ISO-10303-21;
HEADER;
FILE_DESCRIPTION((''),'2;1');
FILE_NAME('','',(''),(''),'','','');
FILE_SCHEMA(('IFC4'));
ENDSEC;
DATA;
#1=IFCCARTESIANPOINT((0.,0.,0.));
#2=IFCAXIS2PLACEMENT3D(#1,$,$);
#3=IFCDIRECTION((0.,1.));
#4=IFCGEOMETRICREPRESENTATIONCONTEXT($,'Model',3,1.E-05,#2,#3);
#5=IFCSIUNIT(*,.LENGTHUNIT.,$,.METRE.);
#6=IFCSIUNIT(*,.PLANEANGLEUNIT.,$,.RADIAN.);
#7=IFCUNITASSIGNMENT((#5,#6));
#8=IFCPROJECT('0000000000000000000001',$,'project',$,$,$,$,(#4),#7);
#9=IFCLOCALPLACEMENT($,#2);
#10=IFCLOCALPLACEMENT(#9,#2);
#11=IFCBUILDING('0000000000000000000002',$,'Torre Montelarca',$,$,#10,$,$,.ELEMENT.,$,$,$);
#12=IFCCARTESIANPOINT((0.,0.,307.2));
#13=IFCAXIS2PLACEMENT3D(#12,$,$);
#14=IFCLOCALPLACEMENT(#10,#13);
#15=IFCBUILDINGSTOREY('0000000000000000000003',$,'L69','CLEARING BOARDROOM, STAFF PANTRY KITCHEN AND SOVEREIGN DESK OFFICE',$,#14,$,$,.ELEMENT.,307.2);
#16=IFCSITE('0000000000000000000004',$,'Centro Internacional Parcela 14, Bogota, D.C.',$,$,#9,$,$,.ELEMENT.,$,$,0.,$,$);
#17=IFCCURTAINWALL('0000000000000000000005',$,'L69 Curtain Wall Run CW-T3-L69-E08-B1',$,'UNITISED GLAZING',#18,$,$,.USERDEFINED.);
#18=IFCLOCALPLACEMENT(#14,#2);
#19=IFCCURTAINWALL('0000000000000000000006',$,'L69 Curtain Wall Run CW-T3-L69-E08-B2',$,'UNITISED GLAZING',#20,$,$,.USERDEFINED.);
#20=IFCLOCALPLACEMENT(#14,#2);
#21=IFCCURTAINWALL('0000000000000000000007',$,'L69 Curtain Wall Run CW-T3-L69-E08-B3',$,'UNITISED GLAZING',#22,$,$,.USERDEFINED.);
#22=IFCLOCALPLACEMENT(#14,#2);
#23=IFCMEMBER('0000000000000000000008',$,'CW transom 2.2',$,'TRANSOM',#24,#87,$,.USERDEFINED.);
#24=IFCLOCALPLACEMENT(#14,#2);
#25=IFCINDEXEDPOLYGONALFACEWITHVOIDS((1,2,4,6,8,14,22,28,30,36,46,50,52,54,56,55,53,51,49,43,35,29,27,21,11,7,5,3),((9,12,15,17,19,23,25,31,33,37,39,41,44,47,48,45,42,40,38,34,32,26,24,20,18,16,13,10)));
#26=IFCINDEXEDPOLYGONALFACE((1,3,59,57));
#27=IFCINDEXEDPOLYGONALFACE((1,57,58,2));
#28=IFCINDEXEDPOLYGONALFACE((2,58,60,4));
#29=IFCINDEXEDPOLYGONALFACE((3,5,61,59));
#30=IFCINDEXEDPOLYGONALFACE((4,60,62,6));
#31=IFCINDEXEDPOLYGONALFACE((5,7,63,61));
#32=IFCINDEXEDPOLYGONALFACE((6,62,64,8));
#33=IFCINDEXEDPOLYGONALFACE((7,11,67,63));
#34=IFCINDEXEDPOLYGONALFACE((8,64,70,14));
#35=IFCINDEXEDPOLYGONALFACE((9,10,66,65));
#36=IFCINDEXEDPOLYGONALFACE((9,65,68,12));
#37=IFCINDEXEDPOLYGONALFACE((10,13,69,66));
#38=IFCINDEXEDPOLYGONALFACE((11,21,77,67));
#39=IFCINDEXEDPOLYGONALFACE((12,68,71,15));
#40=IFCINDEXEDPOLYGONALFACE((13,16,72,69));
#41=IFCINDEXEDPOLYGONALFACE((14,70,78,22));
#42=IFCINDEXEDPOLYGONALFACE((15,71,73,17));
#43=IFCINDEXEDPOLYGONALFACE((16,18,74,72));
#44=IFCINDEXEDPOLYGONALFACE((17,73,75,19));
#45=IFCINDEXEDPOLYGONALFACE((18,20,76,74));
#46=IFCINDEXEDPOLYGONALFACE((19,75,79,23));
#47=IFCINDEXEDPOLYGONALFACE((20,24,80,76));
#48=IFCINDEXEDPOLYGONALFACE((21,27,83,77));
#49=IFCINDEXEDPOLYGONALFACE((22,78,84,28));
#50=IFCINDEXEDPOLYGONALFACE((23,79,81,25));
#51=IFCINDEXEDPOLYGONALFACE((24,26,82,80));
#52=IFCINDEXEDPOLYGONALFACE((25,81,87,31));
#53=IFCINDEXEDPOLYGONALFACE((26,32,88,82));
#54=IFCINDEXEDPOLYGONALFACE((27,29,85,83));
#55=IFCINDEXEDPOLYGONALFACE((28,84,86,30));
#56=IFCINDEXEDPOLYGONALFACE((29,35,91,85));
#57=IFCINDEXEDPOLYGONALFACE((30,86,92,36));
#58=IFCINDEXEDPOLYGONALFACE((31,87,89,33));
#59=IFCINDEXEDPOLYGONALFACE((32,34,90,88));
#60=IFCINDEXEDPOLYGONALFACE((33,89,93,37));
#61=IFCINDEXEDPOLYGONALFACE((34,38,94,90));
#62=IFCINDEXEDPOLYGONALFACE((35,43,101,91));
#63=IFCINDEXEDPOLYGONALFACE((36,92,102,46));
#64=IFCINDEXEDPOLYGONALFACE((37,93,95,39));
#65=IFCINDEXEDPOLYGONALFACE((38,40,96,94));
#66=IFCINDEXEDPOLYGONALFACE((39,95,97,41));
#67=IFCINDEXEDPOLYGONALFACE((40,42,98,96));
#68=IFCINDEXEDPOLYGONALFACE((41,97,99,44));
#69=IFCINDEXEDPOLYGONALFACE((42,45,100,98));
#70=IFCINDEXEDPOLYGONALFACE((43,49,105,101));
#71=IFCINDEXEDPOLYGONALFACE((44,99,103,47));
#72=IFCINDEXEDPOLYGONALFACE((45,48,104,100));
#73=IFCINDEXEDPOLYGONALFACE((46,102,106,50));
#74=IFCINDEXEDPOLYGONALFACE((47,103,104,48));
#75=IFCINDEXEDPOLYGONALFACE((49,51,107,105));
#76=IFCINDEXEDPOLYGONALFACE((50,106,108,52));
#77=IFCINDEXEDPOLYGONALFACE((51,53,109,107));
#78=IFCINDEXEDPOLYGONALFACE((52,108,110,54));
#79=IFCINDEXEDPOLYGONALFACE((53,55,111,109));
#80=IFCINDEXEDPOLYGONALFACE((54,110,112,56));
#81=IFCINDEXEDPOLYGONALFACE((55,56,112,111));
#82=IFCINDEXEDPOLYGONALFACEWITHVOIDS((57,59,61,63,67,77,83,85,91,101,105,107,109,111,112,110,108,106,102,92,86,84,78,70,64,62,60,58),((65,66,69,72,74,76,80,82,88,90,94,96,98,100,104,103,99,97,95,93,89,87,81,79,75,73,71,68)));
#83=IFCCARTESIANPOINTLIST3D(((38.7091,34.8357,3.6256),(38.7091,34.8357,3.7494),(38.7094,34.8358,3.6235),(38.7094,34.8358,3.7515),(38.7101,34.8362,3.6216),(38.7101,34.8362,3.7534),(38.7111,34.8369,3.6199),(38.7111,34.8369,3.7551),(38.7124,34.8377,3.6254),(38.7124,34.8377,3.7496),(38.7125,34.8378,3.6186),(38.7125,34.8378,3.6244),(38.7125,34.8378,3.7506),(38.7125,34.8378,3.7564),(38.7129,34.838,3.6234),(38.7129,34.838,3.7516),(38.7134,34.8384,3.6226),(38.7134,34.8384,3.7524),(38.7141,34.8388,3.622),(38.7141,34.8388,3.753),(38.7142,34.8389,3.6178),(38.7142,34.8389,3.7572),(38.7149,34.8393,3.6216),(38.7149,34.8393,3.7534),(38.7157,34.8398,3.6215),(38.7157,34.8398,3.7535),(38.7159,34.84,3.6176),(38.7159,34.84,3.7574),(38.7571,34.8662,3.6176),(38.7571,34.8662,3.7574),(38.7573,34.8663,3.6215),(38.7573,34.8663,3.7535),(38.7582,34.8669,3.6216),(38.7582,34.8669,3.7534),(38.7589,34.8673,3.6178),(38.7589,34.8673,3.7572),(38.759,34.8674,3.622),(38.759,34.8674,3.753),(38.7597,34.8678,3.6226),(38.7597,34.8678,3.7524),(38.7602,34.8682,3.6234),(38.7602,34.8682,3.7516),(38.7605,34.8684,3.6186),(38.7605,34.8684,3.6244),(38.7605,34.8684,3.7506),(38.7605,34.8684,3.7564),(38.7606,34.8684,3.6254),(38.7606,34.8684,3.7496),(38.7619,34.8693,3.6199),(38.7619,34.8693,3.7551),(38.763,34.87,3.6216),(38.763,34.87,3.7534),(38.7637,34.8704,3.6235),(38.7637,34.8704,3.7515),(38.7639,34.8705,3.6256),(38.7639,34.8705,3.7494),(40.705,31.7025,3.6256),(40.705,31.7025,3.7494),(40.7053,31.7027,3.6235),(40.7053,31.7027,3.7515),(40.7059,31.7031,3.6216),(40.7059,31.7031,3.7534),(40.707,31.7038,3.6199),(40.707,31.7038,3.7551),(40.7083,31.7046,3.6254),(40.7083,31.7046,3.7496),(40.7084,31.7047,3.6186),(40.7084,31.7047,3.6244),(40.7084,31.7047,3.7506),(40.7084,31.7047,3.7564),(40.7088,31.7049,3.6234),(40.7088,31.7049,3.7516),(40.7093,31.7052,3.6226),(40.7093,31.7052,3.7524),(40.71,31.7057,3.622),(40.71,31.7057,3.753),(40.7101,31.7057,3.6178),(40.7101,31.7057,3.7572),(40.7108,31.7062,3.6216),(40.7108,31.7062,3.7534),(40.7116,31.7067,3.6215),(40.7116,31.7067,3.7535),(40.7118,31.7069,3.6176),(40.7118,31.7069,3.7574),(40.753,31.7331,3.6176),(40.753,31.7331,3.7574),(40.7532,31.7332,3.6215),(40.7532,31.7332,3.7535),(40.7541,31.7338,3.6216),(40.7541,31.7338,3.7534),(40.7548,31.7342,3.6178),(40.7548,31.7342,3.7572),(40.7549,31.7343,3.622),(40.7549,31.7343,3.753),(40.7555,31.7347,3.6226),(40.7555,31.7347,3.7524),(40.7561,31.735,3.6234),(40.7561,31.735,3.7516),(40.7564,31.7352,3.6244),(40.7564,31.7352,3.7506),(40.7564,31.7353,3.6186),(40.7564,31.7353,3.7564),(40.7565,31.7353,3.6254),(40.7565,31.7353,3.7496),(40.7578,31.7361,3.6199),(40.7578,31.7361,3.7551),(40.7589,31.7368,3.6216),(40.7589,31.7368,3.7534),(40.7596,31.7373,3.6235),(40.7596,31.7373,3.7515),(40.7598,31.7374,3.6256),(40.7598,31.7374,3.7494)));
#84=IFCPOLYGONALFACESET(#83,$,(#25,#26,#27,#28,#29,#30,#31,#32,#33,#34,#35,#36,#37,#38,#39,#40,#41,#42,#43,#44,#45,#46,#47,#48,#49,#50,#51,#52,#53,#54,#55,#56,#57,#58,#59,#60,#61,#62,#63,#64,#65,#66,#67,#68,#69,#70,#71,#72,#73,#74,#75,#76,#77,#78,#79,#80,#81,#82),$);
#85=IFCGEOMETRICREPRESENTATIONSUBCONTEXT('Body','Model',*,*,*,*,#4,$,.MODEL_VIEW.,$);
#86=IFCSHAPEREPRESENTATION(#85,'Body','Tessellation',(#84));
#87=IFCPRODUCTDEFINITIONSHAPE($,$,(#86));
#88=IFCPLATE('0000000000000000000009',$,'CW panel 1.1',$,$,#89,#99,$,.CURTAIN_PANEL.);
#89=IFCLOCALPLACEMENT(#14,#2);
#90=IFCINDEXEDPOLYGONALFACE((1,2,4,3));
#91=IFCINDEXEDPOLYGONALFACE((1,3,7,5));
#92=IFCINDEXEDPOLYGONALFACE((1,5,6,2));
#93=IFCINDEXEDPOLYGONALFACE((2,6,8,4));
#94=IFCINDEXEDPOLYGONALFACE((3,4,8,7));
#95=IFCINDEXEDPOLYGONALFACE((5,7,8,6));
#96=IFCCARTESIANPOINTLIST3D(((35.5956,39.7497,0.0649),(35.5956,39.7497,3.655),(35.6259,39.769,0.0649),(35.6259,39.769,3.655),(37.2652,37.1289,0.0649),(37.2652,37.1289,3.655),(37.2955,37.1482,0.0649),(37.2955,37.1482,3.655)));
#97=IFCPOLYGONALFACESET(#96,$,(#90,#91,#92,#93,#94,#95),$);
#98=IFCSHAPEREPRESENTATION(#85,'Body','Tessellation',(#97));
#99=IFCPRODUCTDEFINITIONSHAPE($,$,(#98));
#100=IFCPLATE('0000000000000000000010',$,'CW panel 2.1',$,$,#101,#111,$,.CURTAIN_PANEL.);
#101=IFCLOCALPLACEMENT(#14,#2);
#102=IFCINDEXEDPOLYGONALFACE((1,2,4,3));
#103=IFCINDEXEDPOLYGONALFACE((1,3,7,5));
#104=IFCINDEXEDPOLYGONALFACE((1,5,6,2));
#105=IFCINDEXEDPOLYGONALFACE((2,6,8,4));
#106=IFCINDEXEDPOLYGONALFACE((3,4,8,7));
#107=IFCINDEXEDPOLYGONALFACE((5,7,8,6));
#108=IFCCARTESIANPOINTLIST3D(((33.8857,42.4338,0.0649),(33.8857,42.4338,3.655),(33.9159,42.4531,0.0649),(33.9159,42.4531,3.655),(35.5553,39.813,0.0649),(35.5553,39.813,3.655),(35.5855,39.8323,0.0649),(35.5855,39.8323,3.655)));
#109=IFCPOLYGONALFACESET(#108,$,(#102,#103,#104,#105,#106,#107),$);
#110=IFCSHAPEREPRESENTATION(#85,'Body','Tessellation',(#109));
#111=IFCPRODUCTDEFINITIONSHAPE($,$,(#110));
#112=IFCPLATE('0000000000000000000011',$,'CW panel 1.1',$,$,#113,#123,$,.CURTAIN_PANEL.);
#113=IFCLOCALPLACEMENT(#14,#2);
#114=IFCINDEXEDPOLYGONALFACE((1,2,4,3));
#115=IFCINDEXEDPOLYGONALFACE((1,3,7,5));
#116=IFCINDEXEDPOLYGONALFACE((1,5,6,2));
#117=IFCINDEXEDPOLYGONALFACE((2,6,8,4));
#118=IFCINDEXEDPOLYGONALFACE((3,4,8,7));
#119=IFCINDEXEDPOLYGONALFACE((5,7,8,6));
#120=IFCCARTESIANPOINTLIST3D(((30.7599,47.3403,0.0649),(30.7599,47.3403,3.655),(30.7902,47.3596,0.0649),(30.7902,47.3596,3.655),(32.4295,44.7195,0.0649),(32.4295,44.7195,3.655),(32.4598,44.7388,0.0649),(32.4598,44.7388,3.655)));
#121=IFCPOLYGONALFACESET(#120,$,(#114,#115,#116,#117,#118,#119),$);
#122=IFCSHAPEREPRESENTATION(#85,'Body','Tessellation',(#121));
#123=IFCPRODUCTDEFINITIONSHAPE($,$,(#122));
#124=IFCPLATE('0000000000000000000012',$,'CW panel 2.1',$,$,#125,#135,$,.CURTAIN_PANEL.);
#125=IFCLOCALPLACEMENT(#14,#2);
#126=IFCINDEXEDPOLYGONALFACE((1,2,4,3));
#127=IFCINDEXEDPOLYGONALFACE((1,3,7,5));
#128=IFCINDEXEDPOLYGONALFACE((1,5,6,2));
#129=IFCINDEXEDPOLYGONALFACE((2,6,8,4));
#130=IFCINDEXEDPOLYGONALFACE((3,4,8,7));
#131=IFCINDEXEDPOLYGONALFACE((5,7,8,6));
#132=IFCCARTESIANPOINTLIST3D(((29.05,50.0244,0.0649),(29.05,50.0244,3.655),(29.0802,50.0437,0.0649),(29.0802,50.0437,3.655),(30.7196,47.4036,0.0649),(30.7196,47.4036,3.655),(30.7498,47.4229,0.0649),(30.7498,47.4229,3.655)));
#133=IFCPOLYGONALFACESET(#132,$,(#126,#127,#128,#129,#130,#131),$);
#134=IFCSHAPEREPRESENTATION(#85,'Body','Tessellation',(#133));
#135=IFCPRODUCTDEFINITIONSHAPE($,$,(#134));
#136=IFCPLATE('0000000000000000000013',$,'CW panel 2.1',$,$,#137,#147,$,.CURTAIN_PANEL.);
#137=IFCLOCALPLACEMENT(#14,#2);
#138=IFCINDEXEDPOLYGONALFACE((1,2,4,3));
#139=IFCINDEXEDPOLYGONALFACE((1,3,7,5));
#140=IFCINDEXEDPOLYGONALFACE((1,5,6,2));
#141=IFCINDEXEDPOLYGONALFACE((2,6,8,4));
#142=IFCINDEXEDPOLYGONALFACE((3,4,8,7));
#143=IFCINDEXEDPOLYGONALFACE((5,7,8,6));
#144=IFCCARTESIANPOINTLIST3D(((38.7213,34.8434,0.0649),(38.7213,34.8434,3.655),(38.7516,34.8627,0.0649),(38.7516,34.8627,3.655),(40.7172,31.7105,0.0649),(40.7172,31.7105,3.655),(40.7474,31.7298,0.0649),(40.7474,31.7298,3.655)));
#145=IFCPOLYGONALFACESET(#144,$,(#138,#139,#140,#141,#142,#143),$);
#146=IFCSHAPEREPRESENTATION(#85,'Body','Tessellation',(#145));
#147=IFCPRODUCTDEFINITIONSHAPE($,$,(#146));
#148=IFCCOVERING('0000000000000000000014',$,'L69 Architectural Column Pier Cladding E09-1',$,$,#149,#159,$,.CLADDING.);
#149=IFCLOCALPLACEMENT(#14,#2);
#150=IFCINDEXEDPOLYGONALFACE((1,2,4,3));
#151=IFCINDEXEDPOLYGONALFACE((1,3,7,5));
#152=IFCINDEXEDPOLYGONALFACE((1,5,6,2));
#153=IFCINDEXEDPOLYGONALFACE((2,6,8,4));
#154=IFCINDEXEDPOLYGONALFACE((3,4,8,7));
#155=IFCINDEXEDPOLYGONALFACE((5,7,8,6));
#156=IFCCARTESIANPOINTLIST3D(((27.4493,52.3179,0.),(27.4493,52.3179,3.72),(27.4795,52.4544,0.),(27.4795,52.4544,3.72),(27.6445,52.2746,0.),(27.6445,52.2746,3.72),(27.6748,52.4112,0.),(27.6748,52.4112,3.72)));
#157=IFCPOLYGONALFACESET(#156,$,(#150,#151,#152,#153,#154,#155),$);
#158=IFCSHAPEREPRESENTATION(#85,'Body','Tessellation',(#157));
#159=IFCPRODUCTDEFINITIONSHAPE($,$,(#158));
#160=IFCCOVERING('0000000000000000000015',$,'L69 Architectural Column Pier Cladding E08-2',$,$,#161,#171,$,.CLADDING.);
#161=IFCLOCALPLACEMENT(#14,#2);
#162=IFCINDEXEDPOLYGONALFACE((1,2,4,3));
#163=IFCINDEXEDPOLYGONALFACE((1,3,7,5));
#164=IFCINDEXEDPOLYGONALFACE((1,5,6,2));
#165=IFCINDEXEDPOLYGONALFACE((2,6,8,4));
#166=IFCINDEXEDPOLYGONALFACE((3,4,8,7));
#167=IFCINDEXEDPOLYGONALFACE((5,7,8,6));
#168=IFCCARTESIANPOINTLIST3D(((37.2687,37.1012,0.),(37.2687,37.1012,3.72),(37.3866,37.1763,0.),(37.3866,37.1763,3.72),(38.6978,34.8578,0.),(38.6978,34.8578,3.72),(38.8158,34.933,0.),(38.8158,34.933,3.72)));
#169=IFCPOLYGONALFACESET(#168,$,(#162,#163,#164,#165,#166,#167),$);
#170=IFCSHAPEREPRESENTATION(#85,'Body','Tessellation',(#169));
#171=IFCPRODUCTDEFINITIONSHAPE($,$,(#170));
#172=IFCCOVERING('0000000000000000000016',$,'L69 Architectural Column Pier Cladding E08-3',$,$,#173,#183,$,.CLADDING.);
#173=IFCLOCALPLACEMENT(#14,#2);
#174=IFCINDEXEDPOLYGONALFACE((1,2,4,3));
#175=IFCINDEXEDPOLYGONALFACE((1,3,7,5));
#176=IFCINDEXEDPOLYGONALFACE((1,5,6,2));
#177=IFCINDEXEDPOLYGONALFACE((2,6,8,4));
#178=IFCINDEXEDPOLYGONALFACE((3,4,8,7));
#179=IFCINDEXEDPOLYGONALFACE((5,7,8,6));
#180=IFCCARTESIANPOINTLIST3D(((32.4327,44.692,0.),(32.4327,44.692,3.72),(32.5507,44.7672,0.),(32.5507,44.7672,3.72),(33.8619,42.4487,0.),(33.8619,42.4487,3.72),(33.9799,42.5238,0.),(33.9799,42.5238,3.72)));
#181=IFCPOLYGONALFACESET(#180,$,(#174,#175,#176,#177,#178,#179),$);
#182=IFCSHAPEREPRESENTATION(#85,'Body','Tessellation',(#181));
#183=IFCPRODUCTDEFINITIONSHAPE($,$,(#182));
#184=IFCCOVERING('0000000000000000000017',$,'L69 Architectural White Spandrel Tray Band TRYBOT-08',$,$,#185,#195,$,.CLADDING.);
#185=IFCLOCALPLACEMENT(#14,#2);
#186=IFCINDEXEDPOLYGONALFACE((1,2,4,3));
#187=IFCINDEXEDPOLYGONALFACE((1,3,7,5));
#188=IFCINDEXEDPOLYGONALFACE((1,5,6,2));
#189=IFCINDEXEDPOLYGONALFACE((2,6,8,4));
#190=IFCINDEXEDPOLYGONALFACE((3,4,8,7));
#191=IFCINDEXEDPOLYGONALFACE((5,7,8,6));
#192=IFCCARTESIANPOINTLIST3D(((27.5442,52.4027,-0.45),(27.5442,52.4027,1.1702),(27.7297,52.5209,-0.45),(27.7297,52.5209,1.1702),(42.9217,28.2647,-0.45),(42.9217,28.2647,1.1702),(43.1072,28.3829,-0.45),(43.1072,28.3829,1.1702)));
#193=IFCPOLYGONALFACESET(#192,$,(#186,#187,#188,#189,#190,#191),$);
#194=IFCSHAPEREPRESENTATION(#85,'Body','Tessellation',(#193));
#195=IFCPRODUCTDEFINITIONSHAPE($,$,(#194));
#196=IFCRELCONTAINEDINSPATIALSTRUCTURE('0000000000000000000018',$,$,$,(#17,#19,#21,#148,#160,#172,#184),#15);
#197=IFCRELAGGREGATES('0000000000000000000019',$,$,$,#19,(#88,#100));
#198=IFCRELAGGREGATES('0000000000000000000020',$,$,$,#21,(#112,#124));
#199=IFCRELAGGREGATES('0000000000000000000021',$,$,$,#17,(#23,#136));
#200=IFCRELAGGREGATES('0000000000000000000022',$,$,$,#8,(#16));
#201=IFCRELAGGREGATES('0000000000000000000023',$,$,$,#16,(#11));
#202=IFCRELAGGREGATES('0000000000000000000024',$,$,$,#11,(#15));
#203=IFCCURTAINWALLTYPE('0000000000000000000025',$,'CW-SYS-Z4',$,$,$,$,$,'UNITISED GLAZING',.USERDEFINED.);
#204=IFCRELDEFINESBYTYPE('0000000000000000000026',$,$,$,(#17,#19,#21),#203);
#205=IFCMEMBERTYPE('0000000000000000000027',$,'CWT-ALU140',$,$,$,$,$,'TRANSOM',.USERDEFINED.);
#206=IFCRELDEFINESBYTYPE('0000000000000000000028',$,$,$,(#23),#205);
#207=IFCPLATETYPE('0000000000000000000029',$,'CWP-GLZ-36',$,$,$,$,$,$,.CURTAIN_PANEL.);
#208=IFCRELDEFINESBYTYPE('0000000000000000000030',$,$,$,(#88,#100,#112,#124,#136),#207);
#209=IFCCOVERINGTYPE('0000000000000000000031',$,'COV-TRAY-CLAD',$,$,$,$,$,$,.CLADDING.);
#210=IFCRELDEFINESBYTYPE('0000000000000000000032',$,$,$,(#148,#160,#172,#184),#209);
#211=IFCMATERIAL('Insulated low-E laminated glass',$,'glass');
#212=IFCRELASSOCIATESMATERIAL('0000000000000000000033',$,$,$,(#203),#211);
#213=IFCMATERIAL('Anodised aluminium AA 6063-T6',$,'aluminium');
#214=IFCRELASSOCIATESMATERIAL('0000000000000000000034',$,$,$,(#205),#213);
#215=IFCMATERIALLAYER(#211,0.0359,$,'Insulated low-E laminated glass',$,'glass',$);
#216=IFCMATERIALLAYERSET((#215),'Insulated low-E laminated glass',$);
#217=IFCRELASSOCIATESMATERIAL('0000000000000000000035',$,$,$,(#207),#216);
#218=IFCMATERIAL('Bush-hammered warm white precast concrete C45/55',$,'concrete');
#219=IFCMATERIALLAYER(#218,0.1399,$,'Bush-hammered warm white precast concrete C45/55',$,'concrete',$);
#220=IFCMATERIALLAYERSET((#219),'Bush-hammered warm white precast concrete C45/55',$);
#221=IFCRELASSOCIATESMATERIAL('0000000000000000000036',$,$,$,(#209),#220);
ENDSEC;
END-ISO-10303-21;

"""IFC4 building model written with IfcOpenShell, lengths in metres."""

from ifc_helpers import new_model, si_unit, direction, frame, origin, origin_2d, place, context, subcontext, project, spatial, rectangle, hollow_rectangle, extrude, source, transform, mapped, material, layer, layer_set, material_profile, profile_set, type_object, element, aggregate, save


model = new_model("IFC4")

# Units and contexts
model_context = context("Model", 3, precision=1e-05, world=origin(), true_north=direction((0.0, 1.0)))
body_context = subcontext(model_context, "Body", "Model", "MODEL_VIEW")
ifc_project = project(units=[si_unit("LENGTHUNIT", "METRE"), si_unit("PLANEANGLEUNIT", "RADIAN")], contexts=[model_context])

# Site, building, storey
site_placement = place(None, origin())
site = spatial("IfcSite", under=ifc_project, at=site_placement, Name="Centro Internacional Parcela 14, Bogota, D.C.", CompositionType="ELEMENT", RefElevation=0.0)
building_placement = place(site_placement, origin())
building = spatial("IfcBuilding", under=site, at=building_placement, Name="Torre Montelarca", CompositionType="ELEMENT")
storey_placement = place(building_placement, frame((0.0, 0.0, 307.2)))
storey = spatial("IfcBuildingStorey", under=building, at=storey_placement, Name="L69", Description="CLEARING BOARDROOM, STAFF PANTRY KITCHEN AND SOVEREIGN DESK OFFICE", CompositionType="ELEMENT", Elevation=307.2)

# Curtain wall
ifc_material_1 = material(Name="Insulated low-E laminated glass", Category="glass")
curtain_wall_type = type_object("IfcCurtainWallType", Name="CW-SYS-Z4", ElementType="UNITISED GLAZING", PredefinedType="USERDEFINED", material=ifc_material_1)
curtain_wall_1_placement = place(storey_placement, origin())
curtain_wall_1 = element("IfcCurtainWall", 1, at=curtain_wall_1_placement, inside=storey, type_object=curtain_wall_type, Name="L69 Curtain Wall Run CW-T3-L69-E08-B1", ObjectType="UNITISED GLAZING", PredefinedType="USERDEFINED")
ifc_material_2 = material(Name="Anodised aluminium AA 6063-T6", Category="aluminium")

# Curtain walls
curtain_wall_2_placement = place(storey_placement, origin())
curtain_wall_2 = element("IfcCurtainWall", 2, at=curtain_wall_2_placement, inside=storey, type_object=curtain_wall_type, Name="L69 Curtain Wall Run CW-T3-L69-E08-B2", ObjectType="UNITISED GLAZING", PredefinedType="USERDEFINED")
curtain_wall_3_placement = place(storey_placement, origin())
curtain_wall_3 = element("IfcCurtainWall", 3, at=curtain_wall_3_placement, inside=storey, type_object=curtain_wall_type, Name="L69 Curtain Wall Run CW-T3-L69-E08-B3", ObjectType="UNITISED GLAZING", PredefinedType="USERDEFINED")

# Member
ifc_material_profile_1 = material_profile(ifc_material_2, hollow_rectangle(XDim=0.0649, YDim=0.1399, WallThickness=0.0039, InnerFilletRadius=0.0039, OuterFilletRadius=0.0081, at=origin_2d()), Name="ALU65X140X4", Category="aluminium")
ifc_profile_set_1 = profile_set([ifc_material_profile_1], Name="Anodised aluminium AA 6063-T6")
member_type_1 = type_object("IfcMemberType", Name="CWT-ALU140", ElementType="TRANSOM", PredefinedType="USERDEFINED", material=ifc_profile_set_1)
shared_shape_1 = source(origin(), body_context, "Body", "SweptSolid", [
    extrude(hollow_rectangle(XDim=0.0649, YDim=0.1399, WallThickness=0.0039, InnerFilletRadius=0.0039, OuterFilletRadius=0.0081, at=origin_2d()), origin(), (0.0, 0.0, 1.0), 3.7148),
])
member_1_placement = place(storey_placement, frame((40.7324, 31.72, 3.6875), z_axis=(-0.537275, 0.843407, 0.0), x_axis=(-0.843407, -0.537275, 0.0)))
member_1 = element("IfcMember", 4, at=member_1_placement, type_object=member_type_1, Name="CW transom 2.2", ObjectType="TRANSOM", PredefinedType="USERDEFINED", context=body_context, shape_type="MappedRepresentation", body=[
    mapped(shared_shape_1, transform((0.0, 0.0, 0.0), scale=1.0)),
])

# Plates
ifc_layer_1 = layer(ifc_material_1, 0.0359, Name="Insulated low-E laminated glass", Category="glass")
ifc_layer_set_1 = layer_set([ifc_layer_1], Name="Insulated low-E laminated glass")
plate_type = type_object("IfcPlateType", Name="CWP-GLZ-36", PredefinedType="CURTAIN_PANEL", material=ifc_layer_set_1)
shared_shape_2 = source(origin(), body_context, "Body", "SweptSolid", [
    extrude(rectangle(XDim=3.1074, YDim=0.0359, at=origin_2d()), origin(), (0.0, 0.0, 1.0), 3.5901),
])
plate_1_placement = place(storey_placement, frame((36.4456, 38.449, 0.0649), z_axis=(0.0, 0.0, 1.0), x_axis=(-0.537294, 0.843395, 0.0)))
plate_1 = element("IfcPlate", 5, at=plate_1_placement, type_object=plate_type, Name="CW panel 1.1", PredefinedType="CURTAIN_PANEL", context=body_context, shape_type="MappedRepresentation", body=[
    mapped(shared_shape_2, transform((0.0, 0.0, 0.0), scale=1.0)),
])
plate_2_placement = place(storey_placement, frame((34.7356, 41.1331, 0.0649), z_axis=(0.0, 0.0, 1.0), x_axis=(-0.537294, 0.843395, 0.0)))
plate_2 = element("IfcPlate", 6, at=plate_2_placement, type_object=plate_type, Name="CW panel 2.1", PredefinedType="CURTAIN_PANEL", context=body_context, shape_type="MappedRepresentation", body=[
    mapped(shared_shape_2, transform((0.0, 0.0, 0.0), scale=1.0)),
])
aggregate(curtain_wall_2, [plate_1, plate_2])
plate_3_placement = place(storey_placement, frame((31.6099, 46.0396, 0.0649), z_axis=(0.0, 0.0, 1.0), x_axis=(-0.537301, 0.84339, 0.0)))
plate_3 = element("IfcPlate", 7, at=plate_3_placement, type_object=plate_type, Name="CW panel 1.1", PredefinedType="CURTAIN_PANEL", context=body_context, shape_type="MappedRepresentation", body=[
    mapped(shared_shape_2, transform((0.0, 0.0, 0.0), scale=1.0)),
])
plate_4_placement = place(storey_placement, frame((29.8999, 48.7236, 0.0649), z_axis=(0.0, 0.0, 1.0), x_axis=(-0.537301, 0.84339, 0.0)))
plate_4 = element("IfcPlate", 8, at=plate_4_placement, type_object=plate_type, Name="CW panel 2.1", PredefinedType="CURTAIN_PANEL", context=body_context, shape_type="MappedRepresentation", body=[
    mapped(shared_shape_2, transform((0.0, 0.0, 0.0), scale=1.0)),
])
aggregate(curtain_wall_3, [plate_3, plate_4])
shared_shape_3 = source(origin(), body_context, "Body", "SweptSolid", [
    extrude(rectangle(XDim=3.7146, YDim=0.0359, at=origin_2d()), origin(), (0.0, 0.0, 1.0), 3.5901),
])
plate_5_placement = place(storey_placement, frame((39.7344, 33.2866, 0.0649), z_axis=(0.0, 0.0, 1.0), x_axis=(-0.537299, 0.843392, 0.0)))
plate_5 = element("IfcPlate", 9, at=plate_5_placement, type_object=plate_type, Name="CW panel 2.1", PredefinedType="CURTAIN_PANEL", context=body_context, shape_type="MappedRepresentation", body=[
    mapped(shared_shape_3, transform((0.0, 0.0, 0.0), scale=1.0)),
])
aggregate(curtain_wall_1, [member_1, plate_5])

# Coverings
ifc_material_3 = material(Name="Bush-hammered warm white precast concrete C45/55", Category="concrete")
ifc_layer_2 = layer(ifc_material_3, 0.1399, Name="Bush-hammered warm white precast concrete C45/55", Category="concrete")
ifc_layer_set_2 = layer_set([ifc_layer_2], Name="Bush-hammered warm white precast concrete C45/55")
covering_type = type_object("IfcCoveringType", Name="COV-TRAY-CLAD", PredefinedType="CLADDING", material=ifc_layer_set_2)
shared_shape_4 = source(origin(), body_context, "Body", "SweptSolid", [
    extrude(rectangle(XDim=0.2, YDim=0.1399, at=origin_2d()), origin(), (0.0, 0.0, 1.0), 3.72),
])
covering_1_placement = place(storey_placement, frame((27.562, 52.3645, 0.0), z_axis=(0.0, 0.0, 1.0), x_axis=(-0.976298, 0.216429, 0.0)))
element("IfcCovering", 10, at=covering_1_placement, inside=storey, type_object=covering_type, Name="L69 Architectural Column Pier Cladding E09-1", PredefinedType="CLADDING", context=body_context, shape_type="MappedRepresentation", body=[
    mapped(shared_shape_4, transform((0.0, 0.0, 0.0), scale=1.0)),
])
shared_shape_5 = source(origin(), body_context, "Body", "SweptSolid", [
    extrude(rectangle(XDim=2.6599, YDim=0.1399, at=origin_2d()), origin(), (0.0, 0.0, 1.0), 3.72),
])
for number, where, z_axis, x_axis, name in (
    (11, (38.0422, 36.0171, 0.0), (0.0, 0.0, 1.0), (-0.5373, 0.843391, 0.0), "L69 Architectural Column Pier Cladding E08-2"),
    (12, (33.2063, 43.6079, 0.0), (0.0, 0.0, 1.0), (-0.5373, 0.843391, 0.0), "L69 Architectural Column Pier Cladding E08-3"),
):
    element("IfcCovering", number, at=place(storey_placement, frame(where, z_axis=z_axis, x_axis=x_axis)), inside=storey, type_object=covering_type, Name=name, PredefinedType="CLADDING", context=body_context, shape_type="MappedRepresentation", body=[
        mapped(shared_shape_5, transform((0.0, 0.0, 0.0), scale=1.0)),
    ])
shared_shape_6 = source(origin(), body_context, "Body", "SweptSolid", [
    extrude(rectangle(XDim=28.6201, YDim=0.22, at=origin_2d()), origin(), (0.0, 0.0, 1.0), 1.6201),
])
covering_2_placement = place(storey_placement, frame((35.3257, 40.3928, -0.45), z_axis=(0.0, 0.0, 1.0), x_axis=(-0.537298, 0.843392, 0.0)))
element("IfcCovering", 13, at=covering_2_placement, inside=storey, type_object=covering_type, Name="L69 Architectural White Spandrel Tray Band TRYBOT-08", PredefinedType="CLADDING", context=body_context, shape_type="MappedRepresentation", body=[
    mapped(shared_shape_6, transform((0.0, 0.0, 0.0), scale=1.0)),
])

save(model, "model.ifc")
